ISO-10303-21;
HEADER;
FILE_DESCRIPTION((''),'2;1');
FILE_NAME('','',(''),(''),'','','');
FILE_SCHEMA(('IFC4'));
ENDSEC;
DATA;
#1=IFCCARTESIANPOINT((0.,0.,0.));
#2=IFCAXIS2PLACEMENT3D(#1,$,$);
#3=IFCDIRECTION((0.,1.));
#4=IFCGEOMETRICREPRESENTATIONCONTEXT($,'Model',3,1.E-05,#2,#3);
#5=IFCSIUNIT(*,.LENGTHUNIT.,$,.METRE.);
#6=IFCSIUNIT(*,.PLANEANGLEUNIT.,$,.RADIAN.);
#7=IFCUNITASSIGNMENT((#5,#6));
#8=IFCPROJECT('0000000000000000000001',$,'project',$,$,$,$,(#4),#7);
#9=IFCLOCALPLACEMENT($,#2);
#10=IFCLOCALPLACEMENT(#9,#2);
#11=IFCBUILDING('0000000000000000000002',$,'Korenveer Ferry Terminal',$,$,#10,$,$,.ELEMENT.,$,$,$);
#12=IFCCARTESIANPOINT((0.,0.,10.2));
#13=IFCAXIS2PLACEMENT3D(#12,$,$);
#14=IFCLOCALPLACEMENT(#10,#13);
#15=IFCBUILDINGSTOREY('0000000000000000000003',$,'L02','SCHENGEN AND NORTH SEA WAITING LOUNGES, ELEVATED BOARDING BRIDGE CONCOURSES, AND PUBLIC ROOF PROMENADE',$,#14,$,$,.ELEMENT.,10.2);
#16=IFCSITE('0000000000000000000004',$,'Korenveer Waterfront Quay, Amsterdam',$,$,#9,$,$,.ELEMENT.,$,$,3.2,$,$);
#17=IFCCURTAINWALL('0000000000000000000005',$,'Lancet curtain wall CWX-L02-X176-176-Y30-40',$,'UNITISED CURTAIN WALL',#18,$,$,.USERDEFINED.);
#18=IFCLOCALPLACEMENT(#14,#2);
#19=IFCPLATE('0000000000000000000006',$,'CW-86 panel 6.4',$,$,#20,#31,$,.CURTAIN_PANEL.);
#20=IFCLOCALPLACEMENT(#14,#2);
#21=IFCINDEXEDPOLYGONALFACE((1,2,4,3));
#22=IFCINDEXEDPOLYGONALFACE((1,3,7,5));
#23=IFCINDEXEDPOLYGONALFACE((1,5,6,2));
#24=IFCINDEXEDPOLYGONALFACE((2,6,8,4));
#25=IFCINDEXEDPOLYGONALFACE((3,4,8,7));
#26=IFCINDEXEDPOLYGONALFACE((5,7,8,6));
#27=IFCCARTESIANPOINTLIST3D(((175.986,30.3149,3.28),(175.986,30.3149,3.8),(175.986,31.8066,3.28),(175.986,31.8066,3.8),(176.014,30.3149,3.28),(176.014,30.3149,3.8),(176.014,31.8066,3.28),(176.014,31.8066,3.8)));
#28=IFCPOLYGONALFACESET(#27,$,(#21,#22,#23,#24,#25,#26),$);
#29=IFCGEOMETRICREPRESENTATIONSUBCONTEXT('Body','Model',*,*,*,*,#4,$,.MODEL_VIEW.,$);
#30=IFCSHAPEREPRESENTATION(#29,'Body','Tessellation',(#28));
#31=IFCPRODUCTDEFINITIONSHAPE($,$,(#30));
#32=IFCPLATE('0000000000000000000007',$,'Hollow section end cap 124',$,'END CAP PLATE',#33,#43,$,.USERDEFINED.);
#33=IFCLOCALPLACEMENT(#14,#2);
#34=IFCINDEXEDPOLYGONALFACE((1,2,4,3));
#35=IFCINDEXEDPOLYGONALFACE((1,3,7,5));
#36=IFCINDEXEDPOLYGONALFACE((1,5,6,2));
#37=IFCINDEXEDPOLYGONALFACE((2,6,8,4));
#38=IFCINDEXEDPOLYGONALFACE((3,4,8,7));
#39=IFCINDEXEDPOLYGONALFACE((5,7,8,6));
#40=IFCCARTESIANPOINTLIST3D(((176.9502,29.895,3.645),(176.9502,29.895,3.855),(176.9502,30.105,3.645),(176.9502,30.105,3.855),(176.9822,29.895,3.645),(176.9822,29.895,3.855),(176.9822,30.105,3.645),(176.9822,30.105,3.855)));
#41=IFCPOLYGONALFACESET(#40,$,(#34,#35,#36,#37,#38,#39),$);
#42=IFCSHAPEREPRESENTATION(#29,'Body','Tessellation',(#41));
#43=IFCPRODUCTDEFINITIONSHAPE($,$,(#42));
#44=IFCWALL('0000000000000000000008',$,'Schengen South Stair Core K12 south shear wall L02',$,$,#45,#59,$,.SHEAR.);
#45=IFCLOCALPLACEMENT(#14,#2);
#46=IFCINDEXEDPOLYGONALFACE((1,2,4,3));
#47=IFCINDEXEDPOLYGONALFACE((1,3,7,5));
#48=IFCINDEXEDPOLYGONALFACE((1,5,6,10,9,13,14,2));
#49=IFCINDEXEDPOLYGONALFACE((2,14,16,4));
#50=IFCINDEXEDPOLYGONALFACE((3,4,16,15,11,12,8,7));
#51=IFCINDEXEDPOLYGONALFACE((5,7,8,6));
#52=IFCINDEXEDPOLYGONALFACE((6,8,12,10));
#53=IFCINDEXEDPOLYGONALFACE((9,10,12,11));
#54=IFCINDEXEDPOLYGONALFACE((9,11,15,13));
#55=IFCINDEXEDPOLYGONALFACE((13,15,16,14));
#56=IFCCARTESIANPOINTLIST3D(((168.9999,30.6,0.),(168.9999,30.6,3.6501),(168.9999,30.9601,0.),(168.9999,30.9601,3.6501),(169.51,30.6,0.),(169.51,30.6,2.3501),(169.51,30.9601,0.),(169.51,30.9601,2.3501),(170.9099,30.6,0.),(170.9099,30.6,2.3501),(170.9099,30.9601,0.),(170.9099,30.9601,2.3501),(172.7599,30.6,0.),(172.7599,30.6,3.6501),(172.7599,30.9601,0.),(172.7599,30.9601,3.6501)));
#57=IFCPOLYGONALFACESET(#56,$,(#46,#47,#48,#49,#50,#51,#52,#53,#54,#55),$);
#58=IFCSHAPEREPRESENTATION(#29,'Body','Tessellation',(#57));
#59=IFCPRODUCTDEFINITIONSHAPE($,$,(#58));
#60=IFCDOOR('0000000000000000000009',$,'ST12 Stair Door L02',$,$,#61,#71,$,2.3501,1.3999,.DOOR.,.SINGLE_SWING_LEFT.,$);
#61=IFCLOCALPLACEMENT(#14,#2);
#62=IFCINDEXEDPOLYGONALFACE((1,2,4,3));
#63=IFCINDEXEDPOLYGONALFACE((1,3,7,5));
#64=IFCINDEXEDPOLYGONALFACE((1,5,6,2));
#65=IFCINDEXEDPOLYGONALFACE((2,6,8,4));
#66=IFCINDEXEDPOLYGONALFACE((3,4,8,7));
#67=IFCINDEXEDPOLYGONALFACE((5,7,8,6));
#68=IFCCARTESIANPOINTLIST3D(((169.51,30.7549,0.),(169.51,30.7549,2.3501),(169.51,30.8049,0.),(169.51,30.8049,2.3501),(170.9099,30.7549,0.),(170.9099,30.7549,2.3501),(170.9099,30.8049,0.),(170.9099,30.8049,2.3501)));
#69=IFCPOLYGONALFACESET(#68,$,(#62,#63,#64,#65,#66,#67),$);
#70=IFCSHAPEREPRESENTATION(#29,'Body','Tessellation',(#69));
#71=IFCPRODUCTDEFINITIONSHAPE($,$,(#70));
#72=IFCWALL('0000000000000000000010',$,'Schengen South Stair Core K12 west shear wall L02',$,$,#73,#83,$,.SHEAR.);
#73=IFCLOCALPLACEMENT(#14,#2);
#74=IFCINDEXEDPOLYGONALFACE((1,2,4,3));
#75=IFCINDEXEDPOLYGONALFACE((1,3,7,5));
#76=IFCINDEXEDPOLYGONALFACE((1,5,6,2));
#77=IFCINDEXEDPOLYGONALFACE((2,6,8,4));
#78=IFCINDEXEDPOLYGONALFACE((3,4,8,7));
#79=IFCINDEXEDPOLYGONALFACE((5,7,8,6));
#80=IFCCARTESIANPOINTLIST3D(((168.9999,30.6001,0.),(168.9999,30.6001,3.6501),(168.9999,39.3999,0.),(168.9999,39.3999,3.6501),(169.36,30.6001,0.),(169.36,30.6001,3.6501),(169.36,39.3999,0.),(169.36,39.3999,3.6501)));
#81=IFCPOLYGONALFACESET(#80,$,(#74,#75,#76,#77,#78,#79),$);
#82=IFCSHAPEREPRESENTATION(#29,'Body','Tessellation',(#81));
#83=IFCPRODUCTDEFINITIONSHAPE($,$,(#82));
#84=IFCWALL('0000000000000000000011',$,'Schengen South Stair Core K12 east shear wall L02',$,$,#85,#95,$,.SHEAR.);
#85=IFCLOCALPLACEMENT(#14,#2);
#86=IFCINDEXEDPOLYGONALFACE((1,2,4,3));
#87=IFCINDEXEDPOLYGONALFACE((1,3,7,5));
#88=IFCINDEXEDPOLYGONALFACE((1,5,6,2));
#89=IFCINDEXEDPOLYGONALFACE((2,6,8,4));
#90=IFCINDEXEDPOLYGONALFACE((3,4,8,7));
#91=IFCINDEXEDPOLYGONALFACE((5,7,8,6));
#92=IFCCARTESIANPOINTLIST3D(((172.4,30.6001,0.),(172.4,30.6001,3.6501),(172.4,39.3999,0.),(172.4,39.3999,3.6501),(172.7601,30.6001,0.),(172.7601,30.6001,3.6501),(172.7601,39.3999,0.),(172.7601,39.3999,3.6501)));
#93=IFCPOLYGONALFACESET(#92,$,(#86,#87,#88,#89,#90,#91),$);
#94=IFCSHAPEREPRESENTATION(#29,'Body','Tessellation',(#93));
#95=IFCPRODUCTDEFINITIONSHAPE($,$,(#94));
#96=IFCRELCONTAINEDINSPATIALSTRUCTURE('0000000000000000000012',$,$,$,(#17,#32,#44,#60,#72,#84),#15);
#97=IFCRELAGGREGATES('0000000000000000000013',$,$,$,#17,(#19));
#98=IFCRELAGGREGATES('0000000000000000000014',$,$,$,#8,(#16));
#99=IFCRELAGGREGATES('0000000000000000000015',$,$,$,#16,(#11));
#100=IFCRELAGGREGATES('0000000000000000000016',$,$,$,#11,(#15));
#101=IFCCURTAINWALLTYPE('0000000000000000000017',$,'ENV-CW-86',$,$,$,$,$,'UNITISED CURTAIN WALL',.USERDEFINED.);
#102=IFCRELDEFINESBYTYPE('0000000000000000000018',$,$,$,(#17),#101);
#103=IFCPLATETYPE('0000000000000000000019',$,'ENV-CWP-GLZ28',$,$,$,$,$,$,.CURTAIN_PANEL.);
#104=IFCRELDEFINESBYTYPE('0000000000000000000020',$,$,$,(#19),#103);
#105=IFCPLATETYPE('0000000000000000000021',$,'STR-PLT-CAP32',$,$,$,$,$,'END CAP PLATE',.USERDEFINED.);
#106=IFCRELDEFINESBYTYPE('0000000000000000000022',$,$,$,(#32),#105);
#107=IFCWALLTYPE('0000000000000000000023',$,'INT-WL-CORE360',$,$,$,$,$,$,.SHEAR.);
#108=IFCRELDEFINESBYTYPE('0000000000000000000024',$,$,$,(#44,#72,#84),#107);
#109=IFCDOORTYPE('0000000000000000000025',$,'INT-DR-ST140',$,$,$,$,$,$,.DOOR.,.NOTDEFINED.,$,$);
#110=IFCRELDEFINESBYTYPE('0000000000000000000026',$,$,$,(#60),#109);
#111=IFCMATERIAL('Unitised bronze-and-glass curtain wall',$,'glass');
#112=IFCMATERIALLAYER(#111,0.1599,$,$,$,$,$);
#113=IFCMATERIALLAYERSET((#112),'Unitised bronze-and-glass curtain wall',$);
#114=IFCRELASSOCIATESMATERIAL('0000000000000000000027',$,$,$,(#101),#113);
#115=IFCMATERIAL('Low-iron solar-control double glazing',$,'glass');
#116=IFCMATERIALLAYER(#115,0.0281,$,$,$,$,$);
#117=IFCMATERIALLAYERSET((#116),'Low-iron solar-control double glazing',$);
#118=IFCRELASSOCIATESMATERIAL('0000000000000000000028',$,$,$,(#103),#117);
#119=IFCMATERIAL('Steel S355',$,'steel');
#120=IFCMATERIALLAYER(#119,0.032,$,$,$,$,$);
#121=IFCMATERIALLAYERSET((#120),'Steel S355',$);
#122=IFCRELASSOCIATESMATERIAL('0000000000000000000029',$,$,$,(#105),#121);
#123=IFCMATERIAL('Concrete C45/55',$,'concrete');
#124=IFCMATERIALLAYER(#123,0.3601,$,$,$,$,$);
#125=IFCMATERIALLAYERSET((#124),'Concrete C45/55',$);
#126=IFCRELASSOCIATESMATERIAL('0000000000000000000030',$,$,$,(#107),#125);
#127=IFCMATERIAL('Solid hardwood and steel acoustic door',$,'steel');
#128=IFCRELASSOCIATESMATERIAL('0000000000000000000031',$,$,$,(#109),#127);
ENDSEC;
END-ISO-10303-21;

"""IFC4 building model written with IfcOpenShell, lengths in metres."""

from ifc_helpers import new_model, si_unit, direction, frame, frame_2d, origin, origin_2d, place, context, subcontext, project, spatial, rectangle, extrude, material, layer, layer_set, type_object, element, fill, aggregate, save


model = new_model("IFC4")

# Units and contexts
model_context = context("Model", 3, precision=1e-05, world=origin(), true_north=direction((0.0, 1.0)))
body_context = subcontext(model_context, "Body", "Model", "MODEL_VIEW")
ifc_project = project(units=[si_unit("LENGTHUNIT", "METRE"), si_unit("PLANEANGLEUNIT", "RADIAN")], contexts=[model_context])

# Site, building, storey
site_placement = place(None, origin())
site = spatial("IfcSite", under=ifc_project, at=site_placement, Name="Korenveer Waterfront Quay, Amsterdam", CompositionType="ELEMENT", RefElevation=3.2)
building_placement = place(site_placement, origin())
building = spatial("IfcBuilding", under=site, at=building_placement, Name="Korenveer Ferry Terminal", CompositionType="ELEMENT")
storey_placement = place(building_placement, frame((0.0, 0.0, 10.2)))
storey = spatial("IfcBuildingStorey", under=building, at=storey_placement, Name="L02", Description="SCHENGEN AND NORTH SEA WAITING LOUNGES, ELEVATED BOARDING BRIDGE CONCOURSES, AND PUBLIC ROOF PROMENADE", CompositionType="ELEMENT", Elevation=10.2)

# Curtain wall, plate
ifc_material_1 = material(Name="Unitised bronze-and-glass curtain wall", Category="glass")
ifc_layer_1 = layer(ifc_material_1, 0.1599)
ifc_layer_set_1 = layer_set([ifc_layer_1], Name="Unitised bronze-and-glass curtain wall")
curtain_wall_type = type_object("IfcCurtainWallType", Name="ENV-CW-86", ElementType="UNITISED CURTAIN WALL", PredefinedType="USERDEFINED", material=ifc_layer_set_1)
curtain_wall_placement = place(storey_placement, frame((176.0, 39.7451, 0.0)))
curtain_wall = element("IfcCurtainWall", 1, at=curtain_wall_placement, inside=storey, type_object=curtain_wall_type, Name="Lancet curtain wall CWX-L02-X176-176-Y30-40", ObjectType="UNITISED CURTAIN WALL", PredefinedType="USERDEFINED")
ifc_material_2 = material(Name="Low-iron solar-control double glazing", Category="glass")
ifc_layer_2 = layer(ifc_material_2, 0.0281)
ifc_layer_set_2 = layer_set([ifc_layer_2], Name="Low-iron solar-control double glazing")
plate_type_1 = type_object("IfcPlateType", Name="ENV-CWP-GLZ28", PredefinedType="CURTAIN_PANEL", material=ifc_layer_set_2)
plate_1_placement = place(storey_placement, frame((176.0, 31.0608, 3.28), z_axis=(0.0, 0.0, 1.0), x_axis=(0.0, -1.0, 0.0)))
plate_1 = element("IfcPlate", 2, at=plate_1_placement, type_object=plate_type_1, Name="CW-86 panel 6.4", PredefinedType="CURTAIN_PANEL", context=body_context, shape_type="SweptSolid", body=[
    extrude(rectangle(XDim=1.4917, YDim=0.0281, at=origin_2d()), origin(), (0.0, 0.0, 1.0), 0.52),
])
aggregate(curtain_wall, [plate_1])

# Plate
ifc_material_3 = material(Name="Steel S355", Category="steel")
ifc_layer_3 = layer(ifc_material_3, 0.032)
ifc_layer_set_3 = layer_set([ifc_layer_3], Name="Steel S355")
plate_type_2 = type_object("IfcPlateType", Name="STR-PLT-CAP32", ElementType="END CAP PLATE", PredefinedType="USERDEFINED", material=ifc_layer_set_3)
plate_2_placement = place(storey_placement, frame((176.9502, 30.0, 3.75), z_axis=(1.0, 0.0, 0.0), x_axis=(0.0, 1.0, 0.0)))
element("IfcPlate", 3, at=plate_2_placement, inside=storey, type_object=plate_type_2, Name="Hollow section end cap 124", ObjectType="END CAP PLATE", PredefinedType="USERDEFINED", context=body_context, shape_type="SweptSolid", body=[
    extrude(rectangle(XDim=0.21, YDim=0.21, at=origin_2d()), origin(), (0.0, 0.0, 1.0), 0.032),
])

# Wall, opening, door
ifc_material_4 = material(Name="Concrete C45/55", Category="concrete")
ifc_layer_4 = layer(ifc_material_4, 0.3601)
ifc_layer_set_4 = layer_set([ifc_layer_4], Name="Concrete C45/55")
wall_type = type_object("IfcWallType", Name="INT-WL-CORE360", PredefinedType="SHEAR", material=ifc_layer_set_4)
wall_placement = place(storey_placement, frame((169.0, 30.78, 0.0), z_axis=(0.0, 0.0, 1.0), x_axis=(1.0, 0.0, 0.0)))
wall = element("IfcWall", 4, at=wall_placement, inside=storey, type_object=wall_type, Name="Schengen South Stair Core K12 south shear wall L02", PredefinedType="SHEAR", context=body_context, shape_type="SweptSolid", body=[
    extrude(rectangle(XDim=3.76, YDim=0.3601, at=frame_2d((1.8799, 0.0))), origin(), (0.0, 0.0, 1.0), 3.6501),
])
opening_placement = place(wall_placement, frame((0.51, 0.0, 0.0)))
opening = element("IfcOpeningElement", 5, at=opening_placement, cuts=wall, PredefinedType="OPENING", context=body_context, shape_type="SweptSolid", body=[
    extrude(rectangle(XDim=1.3999, YDim=2.3501, at=frame_2d((0.7, 1.175))), frame((0.0, 0.1899, 0.0), z_axis=(0.0, -1.0, 0.0), x_axis=(1.0, 0.0, 0.0)), (0.0, 0.0, 1.0), 0.3801),
])
ifc_material_5 = material(Name="Solid hardwood and steel acoustic door", Category="steel")
door_type = type_object("IfcDoorType", Name="INT-DR-ST140", OperationType="NOTDEFINED", PredefinedType="DOOR", material=ifc_material_5)
door_placement = place(opening_placement, origin())
door = element("IfcDoor", 6, at=door_placement, inside=storey, type_object=door_type, Name="ST12 Stair Door L02", OperationType="SINGLE_SWING_LEFT", OverallHeight=2.3501, OverallWidth=1.3999, PredefinedType="DOOR", context=body_context, shape_type="SweptSolid", body=[
    extrude(rectangle(XDim=1.3999, YDim=2.3501, at=frame_2d((0.7, 1.175))), frame((0.0, 0.0249, 0.0), z_axis=(0.0, -1.0, 0.0), x_axis=(1.0, 0.0, 0.0)), (0.0, 0.0, 1.0), 0.05),
])
fill(opening, door)

# Walls
for number, where, z_axis, x_axis, name in (
    (7, (169.1799, 30.6001, 0.0), (0.0, 0.0, 1.0), (0.0, 1.0, 0.0), "Schengen South Stair Core K12 west shear wall L02"),
    (8, (172.5801, 30.6001, 0.0), (0.0, 0.0, 1.0), (0.0, 1.0, 0.0), "Schengen South Stair Core K12 east shear wall L02"),
):
    element("IfcWall", number, at=place(storey_placement, frame(where, z_axis=z_axis, x_axis=x_axis)), inside=storey, type_object=wall_type, Name=name, PredefinedType="SHEAR", context=body_context, shape_type="SweptSolid", body=[
        extrude(rectangle(XDim=8.7998, YDim=0.3601, at=frame_2d((4.3999, 0.0))), origin(), (0.0, 0.0, 1.0), 3.6501),
    ])

save(model, "model.ifc")
